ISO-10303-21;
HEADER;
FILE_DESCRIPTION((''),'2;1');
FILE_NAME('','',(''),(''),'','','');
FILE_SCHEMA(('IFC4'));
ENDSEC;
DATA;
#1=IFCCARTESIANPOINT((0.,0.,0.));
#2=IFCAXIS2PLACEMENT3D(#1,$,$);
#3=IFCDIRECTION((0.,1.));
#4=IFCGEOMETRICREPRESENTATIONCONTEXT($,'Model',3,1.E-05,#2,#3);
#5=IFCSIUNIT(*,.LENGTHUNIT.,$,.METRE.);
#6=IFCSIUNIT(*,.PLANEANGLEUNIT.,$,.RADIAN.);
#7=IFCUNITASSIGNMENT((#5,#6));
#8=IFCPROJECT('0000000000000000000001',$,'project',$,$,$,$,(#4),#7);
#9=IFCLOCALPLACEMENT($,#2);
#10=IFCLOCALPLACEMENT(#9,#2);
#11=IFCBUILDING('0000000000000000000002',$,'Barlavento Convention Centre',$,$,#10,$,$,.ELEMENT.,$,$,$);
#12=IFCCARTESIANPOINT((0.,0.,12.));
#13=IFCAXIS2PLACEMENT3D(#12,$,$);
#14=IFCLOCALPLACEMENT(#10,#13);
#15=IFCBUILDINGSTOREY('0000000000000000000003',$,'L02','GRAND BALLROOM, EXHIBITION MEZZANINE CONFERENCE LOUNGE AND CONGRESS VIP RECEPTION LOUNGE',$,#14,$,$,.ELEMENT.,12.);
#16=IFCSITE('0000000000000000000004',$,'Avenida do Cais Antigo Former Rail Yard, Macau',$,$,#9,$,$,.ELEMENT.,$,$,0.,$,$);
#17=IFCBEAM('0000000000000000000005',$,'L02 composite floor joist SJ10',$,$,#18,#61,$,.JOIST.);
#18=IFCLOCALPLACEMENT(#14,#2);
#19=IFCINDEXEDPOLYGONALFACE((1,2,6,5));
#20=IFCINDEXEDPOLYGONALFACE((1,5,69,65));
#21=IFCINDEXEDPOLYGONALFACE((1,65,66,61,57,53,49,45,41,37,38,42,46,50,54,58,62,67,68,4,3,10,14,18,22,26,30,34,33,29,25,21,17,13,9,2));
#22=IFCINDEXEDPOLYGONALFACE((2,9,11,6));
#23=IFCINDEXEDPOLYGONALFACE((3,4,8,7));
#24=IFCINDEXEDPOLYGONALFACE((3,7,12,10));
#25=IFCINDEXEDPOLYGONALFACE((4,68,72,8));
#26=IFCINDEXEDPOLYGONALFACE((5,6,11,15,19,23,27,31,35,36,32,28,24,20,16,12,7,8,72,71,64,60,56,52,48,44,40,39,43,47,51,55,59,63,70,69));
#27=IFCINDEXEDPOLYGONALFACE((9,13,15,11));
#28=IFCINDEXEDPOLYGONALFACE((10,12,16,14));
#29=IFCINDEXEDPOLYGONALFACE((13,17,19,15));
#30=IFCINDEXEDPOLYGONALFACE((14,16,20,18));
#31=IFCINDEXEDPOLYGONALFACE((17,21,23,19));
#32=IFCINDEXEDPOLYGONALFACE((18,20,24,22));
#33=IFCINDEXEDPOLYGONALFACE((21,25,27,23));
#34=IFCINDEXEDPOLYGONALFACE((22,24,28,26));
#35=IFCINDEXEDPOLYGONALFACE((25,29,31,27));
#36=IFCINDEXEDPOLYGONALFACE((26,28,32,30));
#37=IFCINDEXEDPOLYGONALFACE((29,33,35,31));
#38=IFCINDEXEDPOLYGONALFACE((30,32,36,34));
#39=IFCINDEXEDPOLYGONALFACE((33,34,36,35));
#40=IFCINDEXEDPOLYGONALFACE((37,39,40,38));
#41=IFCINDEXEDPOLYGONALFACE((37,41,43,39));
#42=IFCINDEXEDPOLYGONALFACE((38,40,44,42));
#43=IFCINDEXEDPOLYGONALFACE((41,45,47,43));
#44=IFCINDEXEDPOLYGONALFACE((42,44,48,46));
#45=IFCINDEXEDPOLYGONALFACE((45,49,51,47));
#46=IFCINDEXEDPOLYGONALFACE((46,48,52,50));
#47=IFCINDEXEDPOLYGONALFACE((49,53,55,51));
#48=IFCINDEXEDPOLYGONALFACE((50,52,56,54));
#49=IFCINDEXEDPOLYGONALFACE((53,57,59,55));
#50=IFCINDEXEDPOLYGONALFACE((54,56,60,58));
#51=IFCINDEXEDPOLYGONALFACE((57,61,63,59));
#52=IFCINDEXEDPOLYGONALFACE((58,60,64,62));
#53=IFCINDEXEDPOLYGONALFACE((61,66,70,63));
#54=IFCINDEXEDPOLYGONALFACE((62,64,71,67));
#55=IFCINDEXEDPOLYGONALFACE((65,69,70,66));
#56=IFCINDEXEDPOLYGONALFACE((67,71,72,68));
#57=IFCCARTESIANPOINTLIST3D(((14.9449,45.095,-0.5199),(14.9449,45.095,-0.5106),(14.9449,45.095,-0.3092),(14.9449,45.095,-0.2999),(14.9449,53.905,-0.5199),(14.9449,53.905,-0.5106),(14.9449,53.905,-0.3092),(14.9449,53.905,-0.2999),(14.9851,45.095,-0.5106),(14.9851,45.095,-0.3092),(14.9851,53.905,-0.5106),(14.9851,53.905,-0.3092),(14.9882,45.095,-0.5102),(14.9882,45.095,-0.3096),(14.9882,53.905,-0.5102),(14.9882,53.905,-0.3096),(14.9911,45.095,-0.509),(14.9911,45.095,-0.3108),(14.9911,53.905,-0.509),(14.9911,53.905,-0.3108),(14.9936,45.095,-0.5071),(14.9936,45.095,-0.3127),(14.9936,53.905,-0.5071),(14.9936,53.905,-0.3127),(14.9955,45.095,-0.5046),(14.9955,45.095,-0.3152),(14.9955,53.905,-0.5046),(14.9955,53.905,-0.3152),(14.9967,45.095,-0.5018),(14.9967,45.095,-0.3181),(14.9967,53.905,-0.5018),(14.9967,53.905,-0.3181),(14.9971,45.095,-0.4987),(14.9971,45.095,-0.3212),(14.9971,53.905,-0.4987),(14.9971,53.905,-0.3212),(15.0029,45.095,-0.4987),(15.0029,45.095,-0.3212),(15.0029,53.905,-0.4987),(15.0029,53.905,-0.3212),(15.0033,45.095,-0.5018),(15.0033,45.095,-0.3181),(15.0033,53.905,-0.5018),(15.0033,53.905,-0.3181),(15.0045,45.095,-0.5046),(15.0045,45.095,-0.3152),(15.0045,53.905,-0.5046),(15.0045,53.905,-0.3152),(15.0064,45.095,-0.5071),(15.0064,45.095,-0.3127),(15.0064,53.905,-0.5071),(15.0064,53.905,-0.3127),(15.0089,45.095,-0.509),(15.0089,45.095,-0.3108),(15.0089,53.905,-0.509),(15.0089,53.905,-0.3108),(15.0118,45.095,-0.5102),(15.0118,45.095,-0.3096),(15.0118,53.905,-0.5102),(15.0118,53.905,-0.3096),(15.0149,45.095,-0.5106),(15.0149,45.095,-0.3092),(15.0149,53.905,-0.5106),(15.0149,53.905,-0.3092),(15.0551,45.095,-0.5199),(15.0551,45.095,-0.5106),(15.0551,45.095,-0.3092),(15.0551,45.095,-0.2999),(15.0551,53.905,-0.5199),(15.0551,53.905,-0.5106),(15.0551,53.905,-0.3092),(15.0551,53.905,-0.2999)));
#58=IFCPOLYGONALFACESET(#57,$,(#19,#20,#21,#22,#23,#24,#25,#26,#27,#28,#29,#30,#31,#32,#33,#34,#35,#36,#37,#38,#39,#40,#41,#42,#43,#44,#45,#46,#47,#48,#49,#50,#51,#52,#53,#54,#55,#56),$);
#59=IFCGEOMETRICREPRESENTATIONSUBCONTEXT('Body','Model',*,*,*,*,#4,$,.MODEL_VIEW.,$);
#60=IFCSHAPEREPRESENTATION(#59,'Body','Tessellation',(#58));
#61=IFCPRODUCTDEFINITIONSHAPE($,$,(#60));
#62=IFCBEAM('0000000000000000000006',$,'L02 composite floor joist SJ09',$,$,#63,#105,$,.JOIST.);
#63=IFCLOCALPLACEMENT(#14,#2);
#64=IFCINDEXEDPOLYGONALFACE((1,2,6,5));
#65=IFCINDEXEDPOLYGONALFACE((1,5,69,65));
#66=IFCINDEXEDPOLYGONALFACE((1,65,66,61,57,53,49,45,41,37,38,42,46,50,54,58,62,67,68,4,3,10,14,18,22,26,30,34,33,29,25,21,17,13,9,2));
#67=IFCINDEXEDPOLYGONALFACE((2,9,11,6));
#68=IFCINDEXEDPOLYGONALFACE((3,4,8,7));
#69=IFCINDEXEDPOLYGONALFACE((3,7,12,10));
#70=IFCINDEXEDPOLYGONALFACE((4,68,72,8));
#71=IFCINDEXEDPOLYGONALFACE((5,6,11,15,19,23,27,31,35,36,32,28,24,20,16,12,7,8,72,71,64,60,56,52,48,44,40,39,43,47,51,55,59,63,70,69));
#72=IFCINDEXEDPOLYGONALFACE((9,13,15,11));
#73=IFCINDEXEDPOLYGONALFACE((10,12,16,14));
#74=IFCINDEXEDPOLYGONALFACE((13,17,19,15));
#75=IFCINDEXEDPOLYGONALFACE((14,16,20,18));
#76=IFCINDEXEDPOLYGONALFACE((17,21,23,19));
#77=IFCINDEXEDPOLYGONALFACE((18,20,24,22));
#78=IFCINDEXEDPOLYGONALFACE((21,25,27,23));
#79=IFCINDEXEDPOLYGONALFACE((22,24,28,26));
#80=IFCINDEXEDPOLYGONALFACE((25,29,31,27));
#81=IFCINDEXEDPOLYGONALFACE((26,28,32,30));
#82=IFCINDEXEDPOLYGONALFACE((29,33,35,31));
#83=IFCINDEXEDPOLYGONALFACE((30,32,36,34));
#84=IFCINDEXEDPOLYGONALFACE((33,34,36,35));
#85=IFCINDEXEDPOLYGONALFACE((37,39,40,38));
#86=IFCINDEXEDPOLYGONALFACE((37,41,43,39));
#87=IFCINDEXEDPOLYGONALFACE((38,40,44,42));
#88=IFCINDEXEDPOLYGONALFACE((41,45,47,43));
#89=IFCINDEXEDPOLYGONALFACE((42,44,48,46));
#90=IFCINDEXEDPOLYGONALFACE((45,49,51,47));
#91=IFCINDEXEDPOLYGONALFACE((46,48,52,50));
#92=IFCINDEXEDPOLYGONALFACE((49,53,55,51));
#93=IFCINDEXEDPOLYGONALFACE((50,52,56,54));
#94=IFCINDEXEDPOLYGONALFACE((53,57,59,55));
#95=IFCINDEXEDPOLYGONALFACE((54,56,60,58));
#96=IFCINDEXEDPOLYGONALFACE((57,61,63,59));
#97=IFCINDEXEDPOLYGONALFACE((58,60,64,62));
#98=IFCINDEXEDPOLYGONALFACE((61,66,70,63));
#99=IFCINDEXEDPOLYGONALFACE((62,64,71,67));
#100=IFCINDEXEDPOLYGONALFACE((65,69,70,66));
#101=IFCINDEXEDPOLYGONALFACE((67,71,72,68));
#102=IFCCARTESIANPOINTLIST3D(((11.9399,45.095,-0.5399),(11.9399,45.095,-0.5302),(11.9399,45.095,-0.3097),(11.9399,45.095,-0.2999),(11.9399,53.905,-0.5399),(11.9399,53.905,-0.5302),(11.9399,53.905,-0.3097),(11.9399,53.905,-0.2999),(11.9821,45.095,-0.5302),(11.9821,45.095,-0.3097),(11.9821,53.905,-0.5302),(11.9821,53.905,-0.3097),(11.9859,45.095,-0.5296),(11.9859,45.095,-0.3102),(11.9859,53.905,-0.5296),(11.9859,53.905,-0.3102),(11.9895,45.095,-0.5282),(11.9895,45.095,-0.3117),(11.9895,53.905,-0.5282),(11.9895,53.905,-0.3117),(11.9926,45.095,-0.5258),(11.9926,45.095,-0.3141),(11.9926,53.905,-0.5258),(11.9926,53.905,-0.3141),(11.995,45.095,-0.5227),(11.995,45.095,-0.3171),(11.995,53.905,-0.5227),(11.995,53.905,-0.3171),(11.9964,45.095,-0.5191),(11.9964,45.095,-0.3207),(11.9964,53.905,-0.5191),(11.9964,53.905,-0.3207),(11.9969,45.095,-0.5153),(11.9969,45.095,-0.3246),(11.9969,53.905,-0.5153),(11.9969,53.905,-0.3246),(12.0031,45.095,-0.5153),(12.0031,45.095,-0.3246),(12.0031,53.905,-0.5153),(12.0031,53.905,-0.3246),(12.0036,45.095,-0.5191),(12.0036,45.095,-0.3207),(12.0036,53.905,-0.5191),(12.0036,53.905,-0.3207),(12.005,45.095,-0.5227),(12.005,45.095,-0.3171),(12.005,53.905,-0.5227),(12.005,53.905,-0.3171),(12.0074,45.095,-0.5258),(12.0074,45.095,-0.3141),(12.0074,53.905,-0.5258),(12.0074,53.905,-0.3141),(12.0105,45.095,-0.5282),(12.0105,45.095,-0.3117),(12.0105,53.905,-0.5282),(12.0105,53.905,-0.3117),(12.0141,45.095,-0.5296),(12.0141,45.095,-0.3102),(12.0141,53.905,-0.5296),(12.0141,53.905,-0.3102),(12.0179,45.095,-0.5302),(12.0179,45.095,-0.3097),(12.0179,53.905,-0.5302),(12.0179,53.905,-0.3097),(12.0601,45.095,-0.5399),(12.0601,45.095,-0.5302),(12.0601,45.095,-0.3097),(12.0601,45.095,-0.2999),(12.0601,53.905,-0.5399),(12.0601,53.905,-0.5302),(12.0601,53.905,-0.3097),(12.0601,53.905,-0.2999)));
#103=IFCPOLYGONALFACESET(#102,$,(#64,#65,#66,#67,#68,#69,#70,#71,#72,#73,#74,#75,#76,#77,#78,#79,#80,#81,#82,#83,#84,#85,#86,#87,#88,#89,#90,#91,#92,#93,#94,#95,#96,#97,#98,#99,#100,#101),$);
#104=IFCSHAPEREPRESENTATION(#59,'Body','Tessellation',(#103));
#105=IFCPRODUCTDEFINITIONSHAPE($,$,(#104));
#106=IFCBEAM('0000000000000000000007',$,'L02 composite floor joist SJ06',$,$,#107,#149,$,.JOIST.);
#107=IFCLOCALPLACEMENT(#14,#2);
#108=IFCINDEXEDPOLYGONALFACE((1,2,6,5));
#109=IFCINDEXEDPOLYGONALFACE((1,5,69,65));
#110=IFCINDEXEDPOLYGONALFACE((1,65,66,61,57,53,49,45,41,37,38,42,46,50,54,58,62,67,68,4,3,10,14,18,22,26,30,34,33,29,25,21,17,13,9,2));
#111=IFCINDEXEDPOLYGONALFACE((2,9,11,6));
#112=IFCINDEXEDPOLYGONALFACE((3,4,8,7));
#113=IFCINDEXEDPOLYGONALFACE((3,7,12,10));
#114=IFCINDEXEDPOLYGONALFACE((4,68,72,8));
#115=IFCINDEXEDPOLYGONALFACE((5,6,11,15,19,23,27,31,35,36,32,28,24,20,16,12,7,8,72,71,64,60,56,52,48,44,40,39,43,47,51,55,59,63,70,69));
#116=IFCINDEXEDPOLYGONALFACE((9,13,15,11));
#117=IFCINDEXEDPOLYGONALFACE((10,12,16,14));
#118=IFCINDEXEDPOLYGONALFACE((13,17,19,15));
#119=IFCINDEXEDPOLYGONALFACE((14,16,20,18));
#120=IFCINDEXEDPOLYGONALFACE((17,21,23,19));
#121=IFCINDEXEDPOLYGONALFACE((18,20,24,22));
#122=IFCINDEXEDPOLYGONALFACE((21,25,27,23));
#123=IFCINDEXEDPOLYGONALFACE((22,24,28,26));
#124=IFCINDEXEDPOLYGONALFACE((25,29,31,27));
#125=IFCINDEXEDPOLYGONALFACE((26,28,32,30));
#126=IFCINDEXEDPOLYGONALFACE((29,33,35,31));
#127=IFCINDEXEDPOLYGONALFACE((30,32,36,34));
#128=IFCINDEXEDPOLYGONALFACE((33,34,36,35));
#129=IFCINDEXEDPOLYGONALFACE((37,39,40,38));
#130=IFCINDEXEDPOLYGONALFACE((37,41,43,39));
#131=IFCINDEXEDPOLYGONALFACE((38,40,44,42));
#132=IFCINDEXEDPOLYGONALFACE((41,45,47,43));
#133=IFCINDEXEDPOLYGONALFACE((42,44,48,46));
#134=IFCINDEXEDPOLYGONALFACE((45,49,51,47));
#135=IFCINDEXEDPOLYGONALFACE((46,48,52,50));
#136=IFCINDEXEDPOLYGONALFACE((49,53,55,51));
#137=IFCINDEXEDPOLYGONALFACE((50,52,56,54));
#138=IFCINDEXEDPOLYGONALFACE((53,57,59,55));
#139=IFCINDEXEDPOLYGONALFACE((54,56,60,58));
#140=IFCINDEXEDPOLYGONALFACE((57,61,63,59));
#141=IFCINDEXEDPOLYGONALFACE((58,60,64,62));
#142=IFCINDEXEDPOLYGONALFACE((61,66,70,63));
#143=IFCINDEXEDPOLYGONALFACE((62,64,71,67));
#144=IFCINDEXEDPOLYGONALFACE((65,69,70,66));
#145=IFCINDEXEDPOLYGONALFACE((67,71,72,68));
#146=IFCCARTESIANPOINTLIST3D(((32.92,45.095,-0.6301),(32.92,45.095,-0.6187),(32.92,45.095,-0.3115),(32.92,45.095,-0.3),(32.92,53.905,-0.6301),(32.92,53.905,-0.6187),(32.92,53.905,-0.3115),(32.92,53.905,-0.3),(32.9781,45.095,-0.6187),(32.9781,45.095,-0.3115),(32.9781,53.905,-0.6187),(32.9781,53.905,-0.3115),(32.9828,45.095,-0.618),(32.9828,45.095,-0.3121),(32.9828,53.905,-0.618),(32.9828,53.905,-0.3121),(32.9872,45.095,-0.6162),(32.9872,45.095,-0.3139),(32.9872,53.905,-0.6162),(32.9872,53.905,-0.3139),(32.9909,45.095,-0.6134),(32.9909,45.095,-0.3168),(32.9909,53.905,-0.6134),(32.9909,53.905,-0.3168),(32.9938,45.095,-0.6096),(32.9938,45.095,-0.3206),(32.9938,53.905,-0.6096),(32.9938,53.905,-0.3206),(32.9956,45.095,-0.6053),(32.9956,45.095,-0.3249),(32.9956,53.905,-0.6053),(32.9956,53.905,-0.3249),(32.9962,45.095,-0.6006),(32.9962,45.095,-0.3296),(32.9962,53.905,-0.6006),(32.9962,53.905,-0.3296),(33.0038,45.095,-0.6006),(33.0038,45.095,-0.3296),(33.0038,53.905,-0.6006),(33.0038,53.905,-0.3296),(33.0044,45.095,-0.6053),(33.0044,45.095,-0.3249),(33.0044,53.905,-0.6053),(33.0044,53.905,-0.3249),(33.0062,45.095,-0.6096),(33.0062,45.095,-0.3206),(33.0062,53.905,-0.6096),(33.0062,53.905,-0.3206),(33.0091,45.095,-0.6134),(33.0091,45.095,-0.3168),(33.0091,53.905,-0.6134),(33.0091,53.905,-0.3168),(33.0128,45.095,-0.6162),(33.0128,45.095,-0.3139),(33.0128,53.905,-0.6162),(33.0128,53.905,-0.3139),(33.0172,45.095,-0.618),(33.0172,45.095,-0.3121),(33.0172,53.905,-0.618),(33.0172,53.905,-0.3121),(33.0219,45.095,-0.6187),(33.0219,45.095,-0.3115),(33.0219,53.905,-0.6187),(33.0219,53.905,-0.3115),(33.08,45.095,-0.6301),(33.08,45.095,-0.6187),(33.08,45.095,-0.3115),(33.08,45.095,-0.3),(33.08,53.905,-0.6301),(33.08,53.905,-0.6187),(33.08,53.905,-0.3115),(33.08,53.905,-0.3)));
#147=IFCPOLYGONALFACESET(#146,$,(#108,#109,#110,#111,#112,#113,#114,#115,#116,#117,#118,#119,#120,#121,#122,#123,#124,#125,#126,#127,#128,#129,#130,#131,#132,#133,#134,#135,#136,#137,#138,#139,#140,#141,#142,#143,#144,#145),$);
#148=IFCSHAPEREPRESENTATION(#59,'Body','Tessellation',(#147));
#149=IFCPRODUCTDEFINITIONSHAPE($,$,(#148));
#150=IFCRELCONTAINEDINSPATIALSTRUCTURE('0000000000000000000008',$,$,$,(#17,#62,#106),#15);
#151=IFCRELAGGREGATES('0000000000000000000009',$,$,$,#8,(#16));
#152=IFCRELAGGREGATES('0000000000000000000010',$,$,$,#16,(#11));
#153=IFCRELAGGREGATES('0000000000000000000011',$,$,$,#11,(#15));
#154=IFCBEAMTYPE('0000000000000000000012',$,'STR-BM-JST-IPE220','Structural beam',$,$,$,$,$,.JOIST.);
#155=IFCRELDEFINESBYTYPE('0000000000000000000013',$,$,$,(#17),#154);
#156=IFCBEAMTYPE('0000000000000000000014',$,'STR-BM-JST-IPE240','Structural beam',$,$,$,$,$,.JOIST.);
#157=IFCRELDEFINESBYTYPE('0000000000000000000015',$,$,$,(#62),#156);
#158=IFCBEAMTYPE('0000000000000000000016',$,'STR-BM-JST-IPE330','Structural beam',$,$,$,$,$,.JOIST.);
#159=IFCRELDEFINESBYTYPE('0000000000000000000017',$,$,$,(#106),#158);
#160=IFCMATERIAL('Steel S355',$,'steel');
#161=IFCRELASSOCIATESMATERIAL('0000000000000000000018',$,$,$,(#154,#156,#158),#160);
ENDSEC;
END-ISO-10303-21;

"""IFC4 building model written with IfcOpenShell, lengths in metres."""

from ifc_helpers import new_model, si_unit, direction, frame, origin, origin_2d, place, context, subcontext, project, spatial, i_section, extrude, material, material_profile, profile_set, type_object, element, save


model = new_model("IFC4")

# Units and contexts
model_context = context("Model", 3, precision=1e-05, world=origin(), true_north=direction((0.0, 1.0)))
body_context = subcontext(model_context, "Body", "Model", "MODEL_VIEW")
ifc_project = project(units=[si_unit("LENGTHUNIT", "METRE"), si_unit("PLANEANGLEUNIT", "RADIAN")], contexts=[model_context])

# Site, building, storey
site_placement = place(None, origin())
site = spatial("IfcSite", under=ifc_project, at=site_placement, Name="Avenida do Cais Antigo Former Rail Yard, Macau", CompositionType="ELEMENT", RefElevation=0.0)
building_placement = place(site_placement, origin())
building = spatial("IfcBuilding", under=site, at=building_placement, Name="Barlavento Convention Centre", CompositionType="ELEMENT")
storey_placement = place(building_placement, frame((0.0, 0.0, 12.0)))
storey = spatial("IfcBuildingStorey", under=building, at=storey_placement, Name="L02", Description="GRAND BALLROOM, EXHIBITION MEZZANINE CONFERENCE LOUNGE AND CONGRESS VIP RECEPTION LOUNGE", CompositionType="ELEMENT", Elevation=12.0)

# Shared definitions
ifc_material_1 = material(Name="Steel S355", Category="steel")

# Beams
ifc_material_profile_1 = material_profile(ifc_material_1, i_section(OverallWidth=0.1101, OverallDepth=0.22, WebThickness=0.0059, FlangeThickness=0.0093, FilletRadius=0.012, at=origin_2d()), Name="IPE 220")
ifc_profile_set_1 = profile_set([ifc_material_profile_1], Name="Steel S355")
beam_type_1 = type_object("IfcBeamType", Name="STR-BM-JST-IPE220", Description="Structural beam", PredefinedType="JOIST", material=ifc_profile_set_1)
for number, where, z_axis, x_axis, name in (
    (1, (15.0, 45.095, -0.4099), (0.0, 1.0, 0.0), (-1.0, 0.0, 0.0), "L02 composite floor joist SJ10"),
):
    element("IfcBeam", number, at=place(storey_placement, frame(where, z_axis=z_axis, x_axis=x_axis)), inside=storey, type_object=beam_type_1, Name=name, PredefinedType="JOIST", context=body_context, shape_type="SweptSolid", body=[
        extrude(i_section(OverallWidth=0.1101, OverallDepth=0.22, WebThickness=0.0059, FlangeThickness=0.0093, FilletRadius=0.012, at=origin_2d()), origin(), (0.0, 0.0, 1.0), 8.8101),
    ])
ifc_material_profile_2 = material_profile(ifc_material_1, i_section(OverallWidth=0.1201, OverallDepth=0.24, WebThickness=0.0061, FlangeThickness=0.0098, FilletRadius=0.0149, at=origin_2d()), Name="IPE 240")
ifc_profile_set_2 = profile_set([ifc_material_profile_2], Name="Steel S355")
beam_type_2 = type_object("IfcBeamType", Name="STR-BM-JST-IPE240", Description="Structural beam", PredefinedType="JOIST", material=ifc_profile_set_2)
beam_1_placement = place(storey_placement, frame((12.0, 45.095, -0.4199), z_axis=(0.0, 1.0, 0.0), x_axis=(-1.0, 0.0, 0.0)))
element("IfcBeam", 2, at=beam_1_placement, inside=storey, type_object=beam_type_2, Name="L02 composite floor joist SJ09", PredefinedType="JOIST", context=body_context, shape_type="SweptSolid", body=[
    extrude(i_section(OverallWidth=0.1201, OverallDepth=0.24, WebThickness=0.0061, FlangeThickness=0.0098, FilletRadius=0.0149, at=origin_2d()), origin(), (0.0, 0.0, 1.0), 8.8101),
])
ifc_material_profile_3 = material_profile(ifc_material_1, i_section(OverallWidth=0.1599, OverallDepth=0.3301, WebThickness=0.0076, FlangeThickness=0.0115, FilletRadius=0.0181, at=origin_2d()), Name="IPE 330")
ifc_profile_set_3 = profile_set([ifc_material_profile_3], Name="Steel S355")
beam_type_3 = type_object("IfcBeamType", Name="STR-BM-JST-IPE330", Description="Structural beam", PredefinedType="JOIST", material=ifc_profile_set_3)
beam_2_placement = place(storey_placement, frame((33.0, 45.095, -0.4651), z_axis=(0.0, 1.0, 0.0), x_axis=(-1.0, 0.0, 0.0)))
element("IfcBeam", 3, at=beam_2_placement, inside=storey, type_object=beam_type_3, Name="L02 composite floor joist SJ06", PredefinedType="JOIST", context=body_context, shape_type="SweptSolid", body=[
    extrude(i_section(OverallWidth=0.1599, OverallDepth=0.3301, WebThickness=0.0076, FlangeThickness=0.0115, FilletRadius=0.0181, at=origin_2d()), origin(), (0.0, 0.0, 1.0), 8.8101),
])

save(model, "model.ifc")
